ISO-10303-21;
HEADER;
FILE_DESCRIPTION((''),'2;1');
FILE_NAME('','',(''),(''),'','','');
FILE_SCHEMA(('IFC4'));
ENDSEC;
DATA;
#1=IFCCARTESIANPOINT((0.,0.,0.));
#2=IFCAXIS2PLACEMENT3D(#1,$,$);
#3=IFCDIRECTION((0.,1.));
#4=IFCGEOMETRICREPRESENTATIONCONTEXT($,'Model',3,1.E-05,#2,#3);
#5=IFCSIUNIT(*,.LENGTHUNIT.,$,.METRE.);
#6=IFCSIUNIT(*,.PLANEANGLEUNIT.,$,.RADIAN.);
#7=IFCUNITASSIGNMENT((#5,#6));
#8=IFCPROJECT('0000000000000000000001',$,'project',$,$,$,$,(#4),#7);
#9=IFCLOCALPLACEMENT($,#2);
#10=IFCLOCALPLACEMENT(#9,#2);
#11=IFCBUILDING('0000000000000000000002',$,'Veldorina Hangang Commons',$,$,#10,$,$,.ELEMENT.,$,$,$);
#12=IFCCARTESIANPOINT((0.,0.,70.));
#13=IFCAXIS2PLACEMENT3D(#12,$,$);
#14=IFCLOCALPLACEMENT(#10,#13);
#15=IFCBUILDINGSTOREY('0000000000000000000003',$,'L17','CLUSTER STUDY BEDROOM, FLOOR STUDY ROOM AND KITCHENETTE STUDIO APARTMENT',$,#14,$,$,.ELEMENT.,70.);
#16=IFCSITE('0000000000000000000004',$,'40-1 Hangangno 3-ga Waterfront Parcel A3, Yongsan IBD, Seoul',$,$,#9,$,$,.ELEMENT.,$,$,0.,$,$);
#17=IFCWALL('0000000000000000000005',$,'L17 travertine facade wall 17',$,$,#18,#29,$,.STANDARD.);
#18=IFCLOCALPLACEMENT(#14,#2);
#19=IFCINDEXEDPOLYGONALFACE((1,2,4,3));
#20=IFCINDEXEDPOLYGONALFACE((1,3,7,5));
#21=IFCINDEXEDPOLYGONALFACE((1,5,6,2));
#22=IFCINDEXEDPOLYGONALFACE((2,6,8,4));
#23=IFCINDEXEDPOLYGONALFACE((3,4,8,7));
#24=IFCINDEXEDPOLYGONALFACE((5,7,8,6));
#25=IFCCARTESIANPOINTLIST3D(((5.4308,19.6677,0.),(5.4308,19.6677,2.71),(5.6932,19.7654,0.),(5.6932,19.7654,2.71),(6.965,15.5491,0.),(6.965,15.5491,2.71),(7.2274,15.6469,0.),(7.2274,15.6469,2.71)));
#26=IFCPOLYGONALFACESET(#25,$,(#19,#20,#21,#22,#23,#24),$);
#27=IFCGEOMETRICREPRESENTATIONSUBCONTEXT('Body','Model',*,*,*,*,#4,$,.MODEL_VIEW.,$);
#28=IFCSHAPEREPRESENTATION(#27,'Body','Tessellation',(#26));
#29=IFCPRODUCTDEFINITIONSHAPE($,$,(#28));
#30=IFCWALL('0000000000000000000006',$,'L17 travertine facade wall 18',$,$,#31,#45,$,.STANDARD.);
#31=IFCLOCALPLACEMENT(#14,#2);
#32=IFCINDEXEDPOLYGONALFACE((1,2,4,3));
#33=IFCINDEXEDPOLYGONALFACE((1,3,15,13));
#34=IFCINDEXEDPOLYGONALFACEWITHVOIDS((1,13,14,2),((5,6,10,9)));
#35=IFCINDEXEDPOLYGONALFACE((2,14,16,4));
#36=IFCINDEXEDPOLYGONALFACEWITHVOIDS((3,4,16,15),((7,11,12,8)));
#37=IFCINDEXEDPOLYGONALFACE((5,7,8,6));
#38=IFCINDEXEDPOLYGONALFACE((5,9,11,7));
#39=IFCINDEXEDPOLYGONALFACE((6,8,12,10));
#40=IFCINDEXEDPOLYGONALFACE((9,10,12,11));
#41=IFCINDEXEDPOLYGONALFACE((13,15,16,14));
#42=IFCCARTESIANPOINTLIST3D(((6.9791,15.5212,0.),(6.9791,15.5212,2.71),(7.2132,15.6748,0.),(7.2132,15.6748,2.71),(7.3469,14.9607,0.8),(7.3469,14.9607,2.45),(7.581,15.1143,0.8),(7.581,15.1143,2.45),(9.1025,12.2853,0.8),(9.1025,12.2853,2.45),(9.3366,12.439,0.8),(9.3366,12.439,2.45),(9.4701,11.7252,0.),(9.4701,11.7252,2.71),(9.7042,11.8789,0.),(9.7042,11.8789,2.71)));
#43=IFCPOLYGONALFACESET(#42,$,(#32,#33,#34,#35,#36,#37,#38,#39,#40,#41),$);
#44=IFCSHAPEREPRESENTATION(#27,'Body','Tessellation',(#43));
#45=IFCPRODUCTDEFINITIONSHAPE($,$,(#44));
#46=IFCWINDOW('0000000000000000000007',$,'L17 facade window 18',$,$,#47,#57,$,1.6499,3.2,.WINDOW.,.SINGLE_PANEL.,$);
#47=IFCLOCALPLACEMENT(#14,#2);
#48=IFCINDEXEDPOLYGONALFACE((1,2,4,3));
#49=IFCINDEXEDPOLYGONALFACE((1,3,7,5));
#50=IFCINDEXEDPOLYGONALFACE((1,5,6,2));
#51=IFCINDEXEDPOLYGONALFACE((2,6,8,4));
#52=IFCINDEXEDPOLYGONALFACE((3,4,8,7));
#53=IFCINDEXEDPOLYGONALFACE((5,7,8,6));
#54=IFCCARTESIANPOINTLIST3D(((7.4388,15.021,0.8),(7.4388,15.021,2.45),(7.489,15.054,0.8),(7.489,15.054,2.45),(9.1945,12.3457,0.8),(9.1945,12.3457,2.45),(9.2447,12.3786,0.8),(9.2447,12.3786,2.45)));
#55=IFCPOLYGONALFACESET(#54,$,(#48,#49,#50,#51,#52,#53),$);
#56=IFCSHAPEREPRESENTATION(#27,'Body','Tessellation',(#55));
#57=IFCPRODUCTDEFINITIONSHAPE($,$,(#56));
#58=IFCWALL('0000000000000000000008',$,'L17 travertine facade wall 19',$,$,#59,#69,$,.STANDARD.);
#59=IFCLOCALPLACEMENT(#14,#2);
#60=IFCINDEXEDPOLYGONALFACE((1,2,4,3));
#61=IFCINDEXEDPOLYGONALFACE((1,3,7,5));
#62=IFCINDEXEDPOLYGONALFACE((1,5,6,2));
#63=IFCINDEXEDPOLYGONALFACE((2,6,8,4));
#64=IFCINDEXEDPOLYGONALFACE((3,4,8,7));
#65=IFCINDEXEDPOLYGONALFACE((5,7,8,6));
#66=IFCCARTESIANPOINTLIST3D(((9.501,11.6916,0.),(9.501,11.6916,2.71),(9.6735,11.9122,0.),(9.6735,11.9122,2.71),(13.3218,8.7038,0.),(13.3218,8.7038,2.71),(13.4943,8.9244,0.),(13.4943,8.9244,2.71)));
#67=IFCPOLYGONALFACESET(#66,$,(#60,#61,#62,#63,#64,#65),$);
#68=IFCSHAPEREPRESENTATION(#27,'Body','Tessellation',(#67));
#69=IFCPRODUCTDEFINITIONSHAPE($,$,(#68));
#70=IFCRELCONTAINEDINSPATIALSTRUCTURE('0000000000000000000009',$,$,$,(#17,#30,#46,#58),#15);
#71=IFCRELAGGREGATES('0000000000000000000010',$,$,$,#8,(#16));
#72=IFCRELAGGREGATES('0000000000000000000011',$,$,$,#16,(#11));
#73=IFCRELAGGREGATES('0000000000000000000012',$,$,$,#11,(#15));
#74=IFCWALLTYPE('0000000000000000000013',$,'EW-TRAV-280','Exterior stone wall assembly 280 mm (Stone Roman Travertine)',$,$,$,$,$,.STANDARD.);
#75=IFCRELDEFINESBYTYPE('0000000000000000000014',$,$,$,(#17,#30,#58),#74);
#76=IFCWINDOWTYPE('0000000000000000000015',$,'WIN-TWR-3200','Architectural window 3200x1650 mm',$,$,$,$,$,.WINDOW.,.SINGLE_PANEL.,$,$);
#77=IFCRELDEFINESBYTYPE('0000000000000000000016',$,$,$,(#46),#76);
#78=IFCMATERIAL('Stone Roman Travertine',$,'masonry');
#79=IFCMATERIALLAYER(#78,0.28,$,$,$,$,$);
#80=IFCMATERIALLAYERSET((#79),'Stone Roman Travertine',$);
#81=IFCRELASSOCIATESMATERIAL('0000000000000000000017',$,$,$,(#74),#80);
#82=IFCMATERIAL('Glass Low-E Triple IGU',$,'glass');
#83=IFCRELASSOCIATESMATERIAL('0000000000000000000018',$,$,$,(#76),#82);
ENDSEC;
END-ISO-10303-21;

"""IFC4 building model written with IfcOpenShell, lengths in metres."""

from ifc_helpers import new_model, si_unit, direction, frame, frame_2d, origin, place, context, subcontext, project, spatial, rectangle, extrude, material, layer, layer_set, type_object, element, fill, save


model = new_model("IFC4")

# Units and contexts
model_context = context("Model", 3, precision=1e-05, world=origin(), true_north=direction((0.0, 1.0)))
body_context = subcontext(model_context, "Body", "Model", "MODEL_VIEW")
ifc_project = project(units=[si_unit("LENGTHUNIT", "METRE"), si_unit("PLANEANGLEUNIT", "RADIAN")], contexts=[model_context])

# Site, building, storey
site_placement = place(None, origin())
site = spatial("IfcSite", under=ifc_project, at=site_placement, Name="40-1 Hangangno 3-ga Waterfront Parcel A3, Yongsan IBD, Seoul", CompositionType="ELEMENT", RefElevation=0.0)
building_placement = place(site_placement, origin())
building = spatial("IfcBuilding", under=site, at=building_placement, Name="Veldorina Hangang Commons", CompositionType="ELEMENT")
storey_placement = place(building_placement, frame((0.0, 0.0, 70.0)))
storey = spatial("IfcBuildingStorey", under=building, at=storey_placement, Name="L17", Description="CLUSTER STUDY BEDROOM, FLOOR STUDY ROOM AND KITCHENETTE STUDIO APARTMENT", CompositionType="ELEMENT", Elevation=70.0)

# Wall
ifc_material_1 = material(Name="Stone Roman Travertine", Category="masonry")
ifc_layer_1 = layer(ifc_material_1, 0.28)
ifc_layer_set_1 = layer_set([ifc_layer_1], Name="Stone Roman Travertine")
wall_type = type_object("IfcWallType", Name="EW-TRAV-280", Description="Exterior stone wall assembly 280 mm (Stone Roman Travertine)", PredefinedType="STANDARD", material=ifc_layer_set_1)
wall_1_placement = place(storey_placement, frame((5.562, 19.7166, 0.0), z_axis=(0.0, 0.0, 1.0), x_axis=(0.349065, -0.937099, 0.0)))
element("IfcWall", 1, at=wall_1_placement, inside=storey, type_object=wall_type, Name="L17 travertine facade wall 17", PredefinedType="STANDARD", context=body_context, shape_type="SweptSolid", body=[
    extrude(rectangle(XDim=4.395, YDim=0.28, at=frame_2d((2.1975, 0.0))), origin(), (0.0, 0.0, 1.0), 2.71),
])

# Wall, opening, window
wall_2_placement = place(storey_placement, frame((7.0962, 15.5979, 0.0), z_axis=(0.0, 0.0, 1.0), x_axis=(0.548642, -0.836057, 0.0)))
wall_2 = element("IfcWall", 2, at=wall_2_placement, inside=storey, type_object=wall_type, Name="L17 travertine facade wall 18", PredefinedType="STANDARD", context=body_context, shape_type="SweptSolid", body=[
    extrude(rectangle(XDim=4.5403, YDim=0.28, at=frame_2d((2.27, 0.0))), origin(), (0.0, 0.0, 1.0), 2.71),
])
opening_placement = place(wall_2_placement, frame((0.6702, 0.0, 0.8)))
opening = element("IfcOpeningElement", 3, at=opening_placement, cuts=wall_2, PredefinedType="OPENING", context=body_context, shape_type="SweptSolid", body=[
    extrude(rectangle(XDim=3.2, YDim=1.6499, at=frame_2d((1.6001, 0.825))), frame((0.0, 0.1499, 0.0), z_axis=(0.0, -1.0, 0.0), x_axis=(1.0, 0.0, 0.0)), (0.0, 0.0, 1.0), 0.3),
])
ifc_material_2 = material(Name="Glass Low-E Triple IGU", Category="glass")
window_type = type_object("IfcWindowType", Name="WIN-TWR-3200", Description="Architectural window 3200x1650 mm", PartitioningType="SINGLE_PANEL", PredefinedType="WINDOW", material=ifc_material_2)
window_placement = place(opening_placement, origin())
window = element("IfcWindow", 4, at=window_placement, inside=storey, type_object=window_type, Name="L17 facade window 18", OverallHeight=1.6499, OverallWidth=3.2, PartitioningType="SINGLE_PANEL", PredefinedType="WINDOW", context=body_context, shape_type="SweptSolid", body=[
    extrude(rectangle(XDim=3.2, YDim=1.6499, at=frame_2d((1.6001, 0.825))), frame((0.0, 0.03, 0.0), z_axis=(0.0, -1.0, 0.0), x_axis=(1.0, 0.0, 0.0)), (0.0, 0.0, 1.0), 0.0601),
])
fill(opening, window)

# Wall
wall_3_placement = place(storey_placement, frame((9.5872, 11.802, 0.0), z_axis=(0.0, 0.0, 1.0), x_axis=(0.787745, -0.616001, 0.0)))
element("IfcWall", 5, at=wall_3_placement, inside=storey, type_object=wall_type, Name="L17 travertine facade wall 19", PredefinedType="STANDARD", context=body_context, shape_type="SweptSolid", body=[
    extrude(rectangle(XDim=4.8503, YDim=0.28, at=frame_2d((2.4253, 0.0))), origin(), (0.0, 0.0, 1.0), 2.71),
])

save(model, "model.ifc")
